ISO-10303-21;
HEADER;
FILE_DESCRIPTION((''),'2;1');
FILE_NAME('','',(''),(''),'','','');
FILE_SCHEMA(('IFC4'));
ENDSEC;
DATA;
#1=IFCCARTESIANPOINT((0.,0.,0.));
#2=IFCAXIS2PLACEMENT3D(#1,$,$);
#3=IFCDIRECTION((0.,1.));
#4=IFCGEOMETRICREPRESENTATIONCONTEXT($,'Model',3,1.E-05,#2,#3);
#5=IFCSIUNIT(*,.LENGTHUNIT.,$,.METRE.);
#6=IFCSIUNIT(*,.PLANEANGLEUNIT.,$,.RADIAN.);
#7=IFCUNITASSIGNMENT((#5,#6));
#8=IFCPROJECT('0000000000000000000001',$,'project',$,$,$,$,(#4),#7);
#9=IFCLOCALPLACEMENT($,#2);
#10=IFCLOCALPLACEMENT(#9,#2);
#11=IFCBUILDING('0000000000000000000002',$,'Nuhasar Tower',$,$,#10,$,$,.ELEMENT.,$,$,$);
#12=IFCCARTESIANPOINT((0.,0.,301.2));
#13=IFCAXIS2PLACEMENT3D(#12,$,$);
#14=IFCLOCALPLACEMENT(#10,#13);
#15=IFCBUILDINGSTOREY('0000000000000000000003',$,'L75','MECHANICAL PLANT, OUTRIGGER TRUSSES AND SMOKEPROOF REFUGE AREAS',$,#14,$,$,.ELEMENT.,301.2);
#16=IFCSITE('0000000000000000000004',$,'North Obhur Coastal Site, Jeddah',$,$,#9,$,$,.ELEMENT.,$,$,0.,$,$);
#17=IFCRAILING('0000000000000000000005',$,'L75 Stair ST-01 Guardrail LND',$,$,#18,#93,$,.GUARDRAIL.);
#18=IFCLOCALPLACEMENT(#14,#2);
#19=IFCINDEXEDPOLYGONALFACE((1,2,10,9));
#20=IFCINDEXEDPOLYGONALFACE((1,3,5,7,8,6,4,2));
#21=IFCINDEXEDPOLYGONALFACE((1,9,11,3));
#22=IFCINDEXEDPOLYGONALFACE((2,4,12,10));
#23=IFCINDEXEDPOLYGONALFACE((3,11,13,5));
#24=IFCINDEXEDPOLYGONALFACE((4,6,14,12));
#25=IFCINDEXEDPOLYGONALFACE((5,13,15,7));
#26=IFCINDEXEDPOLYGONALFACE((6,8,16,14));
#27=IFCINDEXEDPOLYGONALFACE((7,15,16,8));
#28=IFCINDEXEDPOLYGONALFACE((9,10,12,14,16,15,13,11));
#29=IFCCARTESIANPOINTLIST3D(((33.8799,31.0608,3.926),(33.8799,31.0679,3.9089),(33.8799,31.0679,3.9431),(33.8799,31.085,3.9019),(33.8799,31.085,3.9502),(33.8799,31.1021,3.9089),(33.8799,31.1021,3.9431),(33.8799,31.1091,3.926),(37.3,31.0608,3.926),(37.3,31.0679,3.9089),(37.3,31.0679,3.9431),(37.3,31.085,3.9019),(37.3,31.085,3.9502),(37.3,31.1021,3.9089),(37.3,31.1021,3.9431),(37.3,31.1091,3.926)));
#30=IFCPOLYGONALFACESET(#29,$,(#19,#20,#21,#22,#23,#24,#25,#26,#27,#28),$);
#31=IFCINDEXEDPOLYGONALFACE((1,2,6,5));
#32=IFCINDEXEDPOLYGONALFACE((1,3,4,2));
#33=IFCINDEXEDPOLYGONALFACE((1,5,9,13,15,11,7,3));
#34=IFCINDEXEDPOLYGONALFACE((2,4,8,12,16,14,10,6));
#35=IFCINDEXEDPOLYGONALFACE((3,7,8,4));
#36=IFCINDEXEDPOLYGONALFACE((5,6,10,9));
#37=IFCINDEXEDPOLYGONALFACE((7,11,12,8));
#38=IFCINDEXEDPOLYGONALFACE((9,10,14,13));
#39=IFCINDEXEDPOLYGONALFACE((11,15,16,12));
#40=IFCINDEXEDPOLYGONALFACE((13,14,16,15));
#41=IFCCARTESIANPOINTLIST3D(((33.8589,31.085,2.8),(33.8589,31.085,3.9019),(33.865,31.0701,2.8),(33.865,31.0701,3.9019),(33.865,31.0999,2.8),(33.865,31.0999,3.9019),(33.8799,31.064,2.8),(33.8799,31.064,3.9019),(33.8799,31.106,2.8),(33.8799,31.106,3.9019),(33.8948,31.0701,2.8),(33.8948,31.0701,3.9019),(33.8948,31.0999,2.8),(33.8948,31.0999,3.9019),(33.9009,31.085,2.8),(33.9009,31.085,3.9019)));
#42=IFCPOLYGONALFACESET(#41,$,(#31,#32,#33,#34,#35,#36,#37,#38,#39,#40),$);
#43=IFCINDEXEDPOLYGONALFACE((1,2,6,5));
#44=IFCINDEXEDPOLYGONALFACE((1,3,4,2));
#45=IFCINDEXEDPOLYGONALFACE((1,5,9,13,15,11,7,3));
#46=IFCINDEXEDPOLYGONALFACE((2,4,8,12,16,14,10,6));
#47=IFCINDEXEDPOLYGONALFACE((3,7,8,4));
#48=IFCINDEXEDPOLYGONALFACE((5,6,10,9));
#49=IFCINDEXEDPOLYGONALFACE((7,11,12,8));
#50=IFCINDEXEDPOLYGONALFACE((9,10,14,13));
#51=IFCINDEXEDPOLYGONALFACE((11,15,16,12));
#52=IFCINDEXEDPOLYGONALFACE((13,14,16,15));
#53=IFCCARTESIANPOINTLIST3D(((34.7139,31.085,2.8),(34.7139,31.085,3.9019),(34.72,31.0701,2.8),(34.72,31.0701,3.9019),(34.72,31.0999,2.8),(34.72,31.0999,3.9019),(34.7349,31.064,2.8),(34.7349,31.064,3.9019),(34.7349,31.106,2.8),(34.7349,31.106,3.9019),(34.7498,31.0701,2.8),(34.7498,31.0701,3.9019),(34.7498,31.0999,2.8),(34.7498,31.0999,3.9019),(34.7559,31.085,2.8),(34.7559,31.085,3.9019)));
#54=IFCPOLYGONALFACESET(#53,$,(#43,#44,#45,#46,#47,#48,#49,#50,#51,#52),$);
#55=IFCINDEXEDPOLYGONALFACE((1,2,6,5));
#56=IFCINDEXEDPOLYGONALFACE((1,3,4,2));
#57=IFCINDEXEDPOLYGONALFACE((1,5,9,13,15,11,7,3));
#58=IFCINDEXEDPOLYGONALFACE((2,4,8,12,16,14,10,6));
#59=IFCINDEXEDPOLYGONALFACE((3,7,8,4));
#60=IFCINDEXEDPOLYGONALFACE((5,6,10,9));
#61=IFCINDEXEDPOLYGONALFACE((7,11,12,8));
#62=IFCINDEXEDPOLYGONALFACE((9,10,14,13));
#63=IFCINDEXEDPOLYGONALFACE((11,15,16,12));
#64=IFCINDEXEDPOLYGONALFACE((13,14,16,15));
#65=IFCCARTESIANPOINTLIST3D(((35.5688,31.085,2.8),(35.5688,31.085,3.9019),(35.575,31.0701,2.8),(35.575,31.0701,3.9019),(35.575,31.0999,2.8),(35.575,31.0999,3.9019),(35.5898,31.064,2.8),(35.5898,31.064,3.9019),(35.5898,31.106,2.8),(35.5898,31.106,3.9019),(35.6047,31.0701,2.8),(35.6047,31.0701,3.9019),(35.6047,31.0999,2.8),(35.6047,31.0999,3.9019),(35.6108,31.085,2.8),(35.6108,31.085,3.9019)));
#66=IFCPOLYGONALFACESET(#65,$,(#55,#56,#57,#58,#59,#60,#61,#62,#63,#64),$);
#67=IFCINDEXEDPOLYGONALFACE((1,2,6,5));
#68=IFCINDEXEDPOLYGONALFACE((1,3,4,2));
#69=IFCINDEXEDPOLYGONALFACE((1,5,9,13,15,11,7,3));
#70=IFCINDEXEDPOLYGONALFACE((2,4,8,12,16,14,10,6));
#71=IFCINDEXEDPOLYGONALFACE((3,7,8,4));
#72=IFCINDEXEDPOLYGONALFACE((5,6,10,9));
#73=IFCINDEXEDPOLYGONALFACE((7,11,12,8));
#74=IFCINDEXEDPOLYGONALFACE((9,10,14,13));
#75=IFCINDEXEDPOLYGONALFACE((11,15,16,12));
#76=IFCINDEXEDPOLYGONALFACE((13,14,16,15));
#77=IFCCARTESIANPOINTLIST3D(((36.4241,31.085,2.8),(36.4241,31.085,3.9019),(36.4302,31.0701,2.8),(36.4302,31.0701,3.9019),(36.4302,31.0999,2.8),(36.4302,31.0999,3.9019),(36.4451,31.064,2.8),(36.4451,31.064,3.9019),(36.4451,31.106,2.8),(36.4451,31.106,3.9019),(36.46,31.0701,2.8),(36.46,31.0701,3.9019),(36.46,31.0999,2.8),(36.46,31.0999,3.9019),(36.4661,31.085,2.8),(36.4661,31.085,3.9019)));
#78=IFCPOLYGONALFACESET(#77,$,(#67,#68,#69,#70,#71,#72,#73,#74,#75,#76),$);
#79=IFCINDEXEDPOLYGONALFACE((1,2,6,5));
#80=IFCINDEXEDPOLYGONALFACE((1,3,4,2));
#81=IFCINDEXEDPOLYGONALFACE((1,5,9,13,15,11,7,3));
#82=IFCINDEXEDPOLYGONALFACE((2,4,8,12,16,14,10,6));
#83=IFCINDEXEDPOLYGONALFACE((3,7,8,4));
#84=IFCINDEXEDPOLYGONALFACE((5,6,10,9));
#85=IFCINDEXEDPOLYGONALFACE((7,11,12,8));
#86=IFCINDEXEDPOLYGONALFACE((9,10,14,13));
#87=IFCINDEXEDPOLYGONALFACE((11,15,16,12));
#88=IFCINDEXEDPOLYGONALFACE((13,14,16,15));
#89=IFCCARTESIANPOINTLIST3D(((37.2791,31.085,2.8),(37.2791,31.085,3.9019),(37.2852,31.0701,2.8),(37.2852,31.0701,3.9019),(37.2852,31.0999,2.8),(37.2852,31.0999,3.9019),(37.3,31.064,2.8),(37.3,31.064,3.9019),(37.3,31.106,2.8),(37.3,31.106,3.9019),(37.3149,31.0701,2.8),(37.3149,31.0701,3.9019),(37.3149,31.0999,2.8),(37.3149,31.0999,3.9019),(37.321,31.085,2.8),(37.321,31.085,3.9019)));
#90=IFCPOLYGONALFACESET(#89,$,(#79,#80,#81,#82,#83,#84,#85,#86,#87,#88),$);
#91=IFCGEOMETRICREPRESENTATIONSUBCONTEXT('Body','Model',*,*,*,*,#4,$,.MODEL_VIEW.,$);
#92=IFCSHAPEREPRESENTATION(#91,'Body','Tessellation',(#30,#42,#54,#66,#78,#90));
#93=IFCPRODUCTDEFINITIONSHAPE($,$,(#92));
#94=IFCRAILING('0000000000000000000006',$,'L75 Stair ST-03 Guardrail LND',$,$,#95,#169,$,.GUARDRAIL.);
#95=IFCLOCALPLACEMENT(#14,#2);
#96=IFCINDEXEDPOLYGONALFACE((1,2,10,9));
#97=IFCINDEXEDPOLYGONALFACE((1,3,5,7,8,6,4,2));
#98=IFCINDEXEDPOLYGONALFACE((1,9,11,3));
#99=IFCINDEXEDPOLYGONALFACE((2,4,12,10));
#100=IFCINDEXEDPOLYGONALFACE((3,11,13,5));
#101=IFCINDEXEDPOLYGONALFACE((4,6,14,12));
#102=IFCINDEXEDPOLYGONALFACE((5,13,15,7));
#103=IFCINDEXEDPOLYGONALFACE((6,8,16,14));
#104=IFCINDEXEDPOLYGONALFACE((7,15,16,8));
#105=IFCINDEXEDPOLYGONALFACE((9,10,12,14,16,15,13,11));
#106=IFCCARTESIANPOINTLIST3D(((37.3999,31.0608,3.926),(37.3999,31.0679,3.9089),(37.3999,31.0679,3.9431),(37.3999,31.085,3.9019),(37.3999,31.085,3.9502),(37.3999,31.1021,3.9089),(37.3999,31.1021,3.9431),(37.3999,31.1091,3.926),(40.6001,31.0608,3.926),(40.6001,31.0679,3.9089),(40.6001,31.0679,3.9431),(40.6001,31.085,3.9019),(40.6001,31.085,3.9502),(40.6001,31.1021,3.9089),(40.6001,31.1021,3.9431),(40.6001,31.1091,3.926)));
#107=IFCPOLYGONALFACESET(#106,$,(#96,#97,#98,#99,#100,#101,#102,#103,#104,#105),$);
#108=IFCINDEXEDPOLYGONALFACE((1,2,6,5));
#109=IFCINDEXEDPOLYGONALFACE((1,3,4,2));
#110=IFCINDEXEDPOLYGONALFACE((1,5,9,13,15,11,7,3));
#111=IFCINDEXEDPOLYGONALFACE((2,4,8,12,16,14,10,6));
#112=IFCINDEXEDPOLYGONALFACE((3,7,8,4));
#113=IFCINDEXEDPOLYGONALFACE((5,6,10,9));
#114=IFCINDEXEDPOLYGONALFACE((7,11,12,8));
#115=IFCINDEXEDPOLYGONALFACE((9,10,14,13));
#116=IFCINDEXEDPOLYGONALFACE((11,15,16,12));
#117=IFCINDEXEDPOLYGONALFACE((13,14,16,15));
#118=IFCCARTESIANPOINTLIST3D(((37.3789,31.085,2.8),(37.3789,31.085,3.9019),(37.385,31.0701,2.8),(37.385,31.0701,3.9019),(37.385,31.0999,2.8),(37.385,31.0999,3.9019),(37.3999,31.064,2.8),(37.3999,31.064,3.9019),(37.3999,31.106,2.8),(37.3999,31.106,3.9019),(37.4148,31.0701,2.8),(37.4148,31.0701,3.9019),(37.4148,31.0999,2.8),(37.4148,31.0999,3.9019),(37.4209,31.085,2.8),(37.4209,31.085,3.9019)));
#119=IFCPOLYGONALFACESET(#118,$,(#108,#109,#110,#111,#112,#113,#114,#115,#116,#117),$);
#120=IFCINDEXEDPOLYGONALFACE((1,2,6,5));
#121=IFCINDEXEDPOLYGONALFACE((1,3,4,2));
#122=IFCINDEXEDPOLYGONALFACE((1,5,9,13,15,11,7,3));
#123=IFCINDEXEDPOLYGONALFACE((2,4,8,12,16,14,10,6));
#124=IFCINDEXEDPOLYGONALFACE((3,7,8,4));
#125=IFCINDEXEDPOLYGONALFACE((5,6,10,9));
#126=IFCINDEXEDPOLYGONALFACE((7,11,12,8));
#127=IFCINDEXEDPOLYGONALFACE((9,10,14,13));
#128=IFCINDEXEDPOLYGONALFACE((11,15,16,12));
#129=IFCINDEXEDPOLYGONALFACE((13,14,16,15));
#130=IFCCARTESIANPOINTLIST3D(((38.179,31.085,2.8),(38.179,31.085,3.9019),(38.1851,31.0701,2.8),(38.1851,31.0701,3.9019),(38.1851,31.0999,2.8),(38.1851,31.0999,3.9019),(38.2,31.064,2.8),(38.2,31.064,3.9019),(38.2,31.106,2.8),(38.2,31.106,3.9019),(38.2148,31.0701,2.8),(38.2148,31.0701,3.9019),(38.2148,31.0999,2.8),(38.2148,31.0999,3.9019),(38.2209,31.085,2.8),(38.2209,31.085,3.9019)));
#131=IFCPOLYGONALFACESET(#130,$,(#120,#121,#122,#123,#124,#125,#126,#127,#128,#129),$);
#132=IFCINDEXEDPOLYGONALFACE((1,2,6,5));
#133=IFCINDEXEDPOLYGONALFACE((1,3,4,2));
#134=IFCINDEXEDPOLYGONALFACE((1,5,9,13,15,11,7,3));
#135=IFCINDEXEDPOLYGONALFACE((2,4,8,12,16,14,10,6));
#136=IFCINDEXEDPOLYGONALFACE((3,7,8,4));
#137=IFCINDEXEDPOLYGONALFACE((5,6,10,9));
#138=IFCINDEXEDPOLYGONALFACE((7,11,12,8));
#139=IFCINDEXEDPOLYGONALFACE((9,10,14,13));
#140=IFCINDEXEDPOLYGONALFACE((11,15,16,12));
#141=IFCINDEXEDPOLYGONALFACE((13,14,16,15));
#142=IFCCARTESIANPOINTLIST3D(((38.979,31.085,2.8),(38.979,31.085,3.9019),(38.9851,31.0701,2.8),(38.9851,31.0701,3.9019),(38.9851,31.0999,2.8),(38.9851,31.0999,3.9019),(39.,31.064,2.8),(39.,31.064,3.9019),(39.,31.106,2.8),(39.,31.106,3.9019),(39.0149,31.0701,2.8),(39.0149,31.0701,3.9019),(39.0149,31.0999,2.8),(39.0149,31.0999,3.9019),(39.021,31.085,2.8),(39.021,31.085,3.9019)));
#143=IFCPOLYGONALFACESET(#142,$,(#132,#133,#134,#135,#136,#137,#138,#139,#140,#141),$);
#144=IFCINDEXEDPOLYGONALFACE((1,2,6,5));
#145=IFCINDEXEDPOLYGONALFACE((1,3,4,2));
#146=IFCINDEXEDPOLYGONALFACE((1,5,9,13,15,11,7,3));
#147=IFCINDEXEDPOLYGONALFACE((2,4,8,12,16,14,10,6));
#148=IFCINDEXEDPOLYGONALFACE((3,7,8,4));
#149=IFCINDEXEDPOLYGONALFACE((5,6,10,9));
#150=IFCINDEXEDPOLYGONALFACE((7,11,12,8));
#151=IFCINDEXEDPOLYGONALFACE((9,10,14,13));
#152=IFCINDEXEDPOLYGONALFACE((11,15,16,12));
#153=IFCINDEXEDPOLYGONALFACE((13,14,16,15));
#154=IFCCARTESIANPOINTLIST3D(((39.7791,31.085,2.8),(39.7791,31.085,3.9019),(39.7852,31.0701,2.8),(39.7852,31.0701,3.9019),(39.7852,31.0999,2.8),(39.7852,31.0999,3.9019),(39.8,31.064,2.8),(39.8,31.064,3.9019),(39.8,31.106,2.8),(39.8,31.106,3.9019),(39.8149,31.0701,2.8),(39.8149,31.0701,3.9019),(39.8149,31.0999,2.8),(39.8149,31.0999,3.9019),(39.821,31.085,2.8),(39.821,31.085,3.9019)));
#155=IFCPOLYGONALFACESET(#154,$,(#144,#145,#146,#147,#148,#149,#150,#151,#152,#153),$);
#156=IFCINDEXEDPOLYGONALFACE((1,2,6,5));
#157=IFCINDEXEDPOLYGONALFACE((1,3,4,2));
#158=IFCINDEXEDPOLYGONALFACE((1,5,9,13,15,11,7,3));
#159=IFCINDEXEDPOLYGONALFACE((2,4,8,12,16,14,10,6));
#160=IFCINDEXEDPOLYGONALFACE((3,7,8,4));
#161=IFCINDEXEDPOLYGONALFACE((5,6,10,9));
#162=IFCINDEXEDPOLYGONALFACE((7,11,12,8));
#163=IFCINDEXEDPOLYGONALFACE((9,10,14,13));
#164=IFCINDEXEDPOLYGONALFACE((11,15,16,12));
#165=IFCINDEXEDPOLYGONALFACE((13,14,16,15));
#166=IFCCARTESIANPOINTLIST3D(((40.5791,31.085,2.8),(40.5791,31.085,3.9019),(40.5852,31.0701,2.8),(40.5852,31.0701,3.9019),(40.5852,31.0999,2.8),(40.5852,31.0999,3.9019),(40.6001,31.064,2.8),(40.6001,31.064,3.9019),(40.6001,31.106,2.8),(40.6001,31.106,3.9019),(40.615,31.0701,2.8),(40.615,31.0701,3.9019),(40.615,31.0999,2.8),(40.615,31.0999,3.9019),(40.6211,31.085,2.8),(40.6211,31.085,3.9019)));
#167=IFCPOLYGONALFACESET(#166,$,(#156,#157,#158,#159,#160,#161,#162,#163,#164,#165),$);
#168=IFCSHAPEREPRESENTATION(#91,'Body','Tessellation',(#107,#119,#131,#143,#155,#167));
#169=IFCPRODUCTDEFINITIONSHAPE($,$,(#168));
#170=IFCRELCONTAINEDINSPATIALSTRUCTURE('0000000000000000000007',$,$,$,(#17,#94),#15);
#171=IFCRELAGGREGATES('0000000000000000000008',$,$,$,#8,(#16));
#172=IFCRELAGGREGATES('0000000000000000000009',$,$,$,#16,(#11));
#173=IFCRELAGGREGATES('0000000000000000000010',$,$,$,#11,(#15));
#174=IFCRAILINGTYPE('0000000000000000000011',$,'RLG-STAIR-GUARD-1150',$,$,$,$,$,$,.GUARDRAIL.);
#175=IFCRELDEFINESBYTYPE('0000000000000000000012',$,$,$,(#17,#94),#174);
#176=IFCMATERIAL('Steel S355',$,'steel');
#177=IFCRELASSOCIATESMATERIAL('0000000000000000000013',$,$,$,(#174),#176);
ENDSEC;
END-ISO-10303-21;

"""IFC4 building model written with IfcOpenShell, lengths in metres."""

from ifc_helpers import new_model, si_unit, direction, frame, origin, place, context, subcontext, project, spatial, polyline, outline, extrude, material, type_object, element, save


model = new_model("IFC4")

# Units and contexts
model_context = context("Model", 3, precision=1e-05, world=origin(), true_north=direction((0.0, 1.0)))
body_context = subcontext(model_context, "Body", "Model", "MODEL_VIEW")
ifc_project = project(units=[si_unit("LENGTHUNIT", "METRE"), si_unit("PLANEANGLEUNIT", "RADIAN")], contexts=[model_context])

# Site, building, storey
site_placement = place(None, origin())
site = spatial("IfcSite", under=ifc_project, at=site_placement, Name="North Obhur Coastal Site, Jeddah", CompositionType="ELEMENT", RefElevation=0.0)
building_placement = place(site_placement, origin())
building = spatial("IfcBuilding", under=site, at=building_placement, Name="Nuhasar Tower", CompositionType="ELEMENT")
storey_placement = place(building_placement, frame((0.0, 0.0, 301.2)))
storey = spatial("IfcBuildingStorey", under=building, at=storey_placement, Name="L75", Description="MECHANICAL PLANT, OUTRIGGER TRUSSES AND SMOKEPROOF REFUGE AREAS", CompositionType="ELEMENT", Elevation=301.2)

# Shared definitions
ifc_material_1 = material(Name="Steel S355", Category="steel")

# Railings
railing_type_1 = type_object("IfcRailingType", Name="RLG-STAIR-GUARD-1150", PredefinedType="GUARDRAIL", material=ifc_material_1)
railing_1_placement = place(storey_placement, frame((33.8799, 31.085, 2.8)))
element("IfcRailing", 1, at=railing_1_placement, inside=storey, type_object=railing_type_1, Name="L75 Stair ST-01 Guardrail LND", PredefinedType="GUARDRAIL", context=body_context, shape_type="SweptSolid", body=[
    extrude(outline(polyline([(0.0242, 0.0), (0.0171, 0.0171), (0.0, 0.0242), (-0.0171, 0.0171), (-0.0242, 0.0), (-0.0171, -0.0171), (0.0, -0.0242), (0.0171, -0.0171), (0.0242, 0.0)])), frame((0.0, 0.0, 1.126), z_axis=(1.0, 0.0, 0.0), x_axis=(0.0, 1.0, 0.0)), (0.0, 0.0, 1.0), 3.4202),
    extrude(outline(polyline([(0.021, 0.0), (0.0149, 0.0149), (0.0, 0.021), (-0.0149, 0.0149), (-0.021, 0.0), (-0.0149, -0.0149), (0.0, -0.021), (0.0149, -0.0149), (0.021, 0.0)])), origin(), (0.0, 0.0, 1.0), 1.1018),
    extrude(outline(polyline([(0.021, 0.0), (0.0149, 0.0149), (0.0, 0.021), (-0.0149, 0.0149), (-0.021, 0.0), (-0.0149, -0.0149), (0.0, -0.021), (0.0149, -0.0149), (0.021, 0.0)])), frame((0.855, 0.0, 0.0)), (0.0, 0.0, 1.0), 1.1018),
    extrude(outline(polyline([(0.021, 0.0), (0.0149, 0.0149), (0.0, 0.021), (-0.0149, 0.0149), (-0.021, 0.0), (-0.0149, -0.0149), (0.0, -0.021), (0.0149, -0.0149), (0.021, 0.0)])), frame((1.71, 0.0, 0.0)), (0.0, 0.0, 1.0), 1.1018),
    extrude(outline(polyline([(0.021, 0.0), (0.0149, 0.0149), (0.0, 0.021), (-0.0149, 0.0149), (-0.021, 0.0), (-0.0149, -0.0149), (0.0, -0.021), (0.0149, -0.0149), (0.021, 0.0)])), frame((2.5652, 0.0, 0.0)), (0.0, 0.0, 1.0), 1.1018),
    extrude(outline(polyline([(0.021, 0.0), (0.0149, 0.0149), (0.0, 0.021), (-0.0149, 0.0149), (-0.021, 0.0), (-0.0149, -0.0149), (0.0, -0.021), (0.0149, -0.0149), (0.021, 0.0)])), frame((3.4202, 0.0, 0.0)), (0.0, 0.0, 1.0), 1.1018),
])
railing_2_placement = place(storey_placement, frame((37.3999, 31.085, 2.8)))
element("IfcRailing", 2, at=railing_2_placement, inside=storey, type_object=railing_type_1, Name="L75 Stair ST-03 Guardrail LND", PredefinedType="GUARDRAIL", context=body_context, shape_type="SweptSolid", body=[
    extrude(outline(polyline([(0.0242, 0.0), (0.0171, 0.0171), (0.0, 0.0242), (-0.0171, 0.0171), (-0.0242, 0.0), (-0.0171, -0.0171), (0.0, -0.0242), (0.0171, -0.0171), (0.0242, 0.0)])), frame((0.0, 0.0, 1.126), z_axis=(1.0, 0.0, 0.0), x_axis=(0.0, 1.0, 0.0)), (0.0, 0.0, 1.0), 3.2002),
    extrude(outline(polyline([(0.021, 0.0), (0.0149, 0.0149), (0.0, 0.021), (-0.0149, 0.0149), (-0.021, 0.0), (-0.0149, -0.0149), (0.0, -0.021), (0.0149, -0.0149), (0.021, 0.0)])), origin(), (0.0, 0.0, 1.0), 1.1018),
    extrude(outline(polyline([(0.021, 0.0), (0.0149, 0.0149), (0.0, 0.021), (-0.0149, 0.0149), (-0.021, 0.0), (-0.0149, -0.0149), (0.0, -0.021), (0.0149, -0.0149), (0.021, 0.0)])), frame((0.8, 0.0, 0.0)), (0.0, 0.0, 1.0), 1.1018),
    extrude(outline(polyline([(0.021, 0.0), (0.0149, 0.0149), (0.0, 0.021), (-0.0149, 0.0149), (-0.021, 0.0), (-0.0149, -0.0149), (0.0, -0.021), (0.0149, -0.0149), (0.021, 0.0)])), frame((1.6001, 0.0, 0.0)), (0.0, 0.0, 1.0), 1.1018),
    extrude(outline(polyline([(0.021, 0.0), (0.0149, 0.0149), (0.0, 0.021), (-0.0149, 0.0149), (-0.021, 0.0), (-0.0149, -0.0149), (0.0, -0.021), (0.0149, -0.0149), (0.021, 0.0)])), frame((2.4001, 0.0, 0.0)), (0.0, 0.0, 1.0), 1.1018),
    extrude(outline(polyline([(0.021, 0.0), (0.0149, 0.0149), (0.0, 0.021), (-0.0149, 0.0149), (-0.021, 0.0), (-0.0149, -0.0149), (0.0, -0.021), (0.0149, -0.0149), (0.021, 0.0)])), frame((3.2002, 0.0, 0.0)), (0.0, 0.0, 1.0), 1.1018),
])

save(model, "model.ifc")
